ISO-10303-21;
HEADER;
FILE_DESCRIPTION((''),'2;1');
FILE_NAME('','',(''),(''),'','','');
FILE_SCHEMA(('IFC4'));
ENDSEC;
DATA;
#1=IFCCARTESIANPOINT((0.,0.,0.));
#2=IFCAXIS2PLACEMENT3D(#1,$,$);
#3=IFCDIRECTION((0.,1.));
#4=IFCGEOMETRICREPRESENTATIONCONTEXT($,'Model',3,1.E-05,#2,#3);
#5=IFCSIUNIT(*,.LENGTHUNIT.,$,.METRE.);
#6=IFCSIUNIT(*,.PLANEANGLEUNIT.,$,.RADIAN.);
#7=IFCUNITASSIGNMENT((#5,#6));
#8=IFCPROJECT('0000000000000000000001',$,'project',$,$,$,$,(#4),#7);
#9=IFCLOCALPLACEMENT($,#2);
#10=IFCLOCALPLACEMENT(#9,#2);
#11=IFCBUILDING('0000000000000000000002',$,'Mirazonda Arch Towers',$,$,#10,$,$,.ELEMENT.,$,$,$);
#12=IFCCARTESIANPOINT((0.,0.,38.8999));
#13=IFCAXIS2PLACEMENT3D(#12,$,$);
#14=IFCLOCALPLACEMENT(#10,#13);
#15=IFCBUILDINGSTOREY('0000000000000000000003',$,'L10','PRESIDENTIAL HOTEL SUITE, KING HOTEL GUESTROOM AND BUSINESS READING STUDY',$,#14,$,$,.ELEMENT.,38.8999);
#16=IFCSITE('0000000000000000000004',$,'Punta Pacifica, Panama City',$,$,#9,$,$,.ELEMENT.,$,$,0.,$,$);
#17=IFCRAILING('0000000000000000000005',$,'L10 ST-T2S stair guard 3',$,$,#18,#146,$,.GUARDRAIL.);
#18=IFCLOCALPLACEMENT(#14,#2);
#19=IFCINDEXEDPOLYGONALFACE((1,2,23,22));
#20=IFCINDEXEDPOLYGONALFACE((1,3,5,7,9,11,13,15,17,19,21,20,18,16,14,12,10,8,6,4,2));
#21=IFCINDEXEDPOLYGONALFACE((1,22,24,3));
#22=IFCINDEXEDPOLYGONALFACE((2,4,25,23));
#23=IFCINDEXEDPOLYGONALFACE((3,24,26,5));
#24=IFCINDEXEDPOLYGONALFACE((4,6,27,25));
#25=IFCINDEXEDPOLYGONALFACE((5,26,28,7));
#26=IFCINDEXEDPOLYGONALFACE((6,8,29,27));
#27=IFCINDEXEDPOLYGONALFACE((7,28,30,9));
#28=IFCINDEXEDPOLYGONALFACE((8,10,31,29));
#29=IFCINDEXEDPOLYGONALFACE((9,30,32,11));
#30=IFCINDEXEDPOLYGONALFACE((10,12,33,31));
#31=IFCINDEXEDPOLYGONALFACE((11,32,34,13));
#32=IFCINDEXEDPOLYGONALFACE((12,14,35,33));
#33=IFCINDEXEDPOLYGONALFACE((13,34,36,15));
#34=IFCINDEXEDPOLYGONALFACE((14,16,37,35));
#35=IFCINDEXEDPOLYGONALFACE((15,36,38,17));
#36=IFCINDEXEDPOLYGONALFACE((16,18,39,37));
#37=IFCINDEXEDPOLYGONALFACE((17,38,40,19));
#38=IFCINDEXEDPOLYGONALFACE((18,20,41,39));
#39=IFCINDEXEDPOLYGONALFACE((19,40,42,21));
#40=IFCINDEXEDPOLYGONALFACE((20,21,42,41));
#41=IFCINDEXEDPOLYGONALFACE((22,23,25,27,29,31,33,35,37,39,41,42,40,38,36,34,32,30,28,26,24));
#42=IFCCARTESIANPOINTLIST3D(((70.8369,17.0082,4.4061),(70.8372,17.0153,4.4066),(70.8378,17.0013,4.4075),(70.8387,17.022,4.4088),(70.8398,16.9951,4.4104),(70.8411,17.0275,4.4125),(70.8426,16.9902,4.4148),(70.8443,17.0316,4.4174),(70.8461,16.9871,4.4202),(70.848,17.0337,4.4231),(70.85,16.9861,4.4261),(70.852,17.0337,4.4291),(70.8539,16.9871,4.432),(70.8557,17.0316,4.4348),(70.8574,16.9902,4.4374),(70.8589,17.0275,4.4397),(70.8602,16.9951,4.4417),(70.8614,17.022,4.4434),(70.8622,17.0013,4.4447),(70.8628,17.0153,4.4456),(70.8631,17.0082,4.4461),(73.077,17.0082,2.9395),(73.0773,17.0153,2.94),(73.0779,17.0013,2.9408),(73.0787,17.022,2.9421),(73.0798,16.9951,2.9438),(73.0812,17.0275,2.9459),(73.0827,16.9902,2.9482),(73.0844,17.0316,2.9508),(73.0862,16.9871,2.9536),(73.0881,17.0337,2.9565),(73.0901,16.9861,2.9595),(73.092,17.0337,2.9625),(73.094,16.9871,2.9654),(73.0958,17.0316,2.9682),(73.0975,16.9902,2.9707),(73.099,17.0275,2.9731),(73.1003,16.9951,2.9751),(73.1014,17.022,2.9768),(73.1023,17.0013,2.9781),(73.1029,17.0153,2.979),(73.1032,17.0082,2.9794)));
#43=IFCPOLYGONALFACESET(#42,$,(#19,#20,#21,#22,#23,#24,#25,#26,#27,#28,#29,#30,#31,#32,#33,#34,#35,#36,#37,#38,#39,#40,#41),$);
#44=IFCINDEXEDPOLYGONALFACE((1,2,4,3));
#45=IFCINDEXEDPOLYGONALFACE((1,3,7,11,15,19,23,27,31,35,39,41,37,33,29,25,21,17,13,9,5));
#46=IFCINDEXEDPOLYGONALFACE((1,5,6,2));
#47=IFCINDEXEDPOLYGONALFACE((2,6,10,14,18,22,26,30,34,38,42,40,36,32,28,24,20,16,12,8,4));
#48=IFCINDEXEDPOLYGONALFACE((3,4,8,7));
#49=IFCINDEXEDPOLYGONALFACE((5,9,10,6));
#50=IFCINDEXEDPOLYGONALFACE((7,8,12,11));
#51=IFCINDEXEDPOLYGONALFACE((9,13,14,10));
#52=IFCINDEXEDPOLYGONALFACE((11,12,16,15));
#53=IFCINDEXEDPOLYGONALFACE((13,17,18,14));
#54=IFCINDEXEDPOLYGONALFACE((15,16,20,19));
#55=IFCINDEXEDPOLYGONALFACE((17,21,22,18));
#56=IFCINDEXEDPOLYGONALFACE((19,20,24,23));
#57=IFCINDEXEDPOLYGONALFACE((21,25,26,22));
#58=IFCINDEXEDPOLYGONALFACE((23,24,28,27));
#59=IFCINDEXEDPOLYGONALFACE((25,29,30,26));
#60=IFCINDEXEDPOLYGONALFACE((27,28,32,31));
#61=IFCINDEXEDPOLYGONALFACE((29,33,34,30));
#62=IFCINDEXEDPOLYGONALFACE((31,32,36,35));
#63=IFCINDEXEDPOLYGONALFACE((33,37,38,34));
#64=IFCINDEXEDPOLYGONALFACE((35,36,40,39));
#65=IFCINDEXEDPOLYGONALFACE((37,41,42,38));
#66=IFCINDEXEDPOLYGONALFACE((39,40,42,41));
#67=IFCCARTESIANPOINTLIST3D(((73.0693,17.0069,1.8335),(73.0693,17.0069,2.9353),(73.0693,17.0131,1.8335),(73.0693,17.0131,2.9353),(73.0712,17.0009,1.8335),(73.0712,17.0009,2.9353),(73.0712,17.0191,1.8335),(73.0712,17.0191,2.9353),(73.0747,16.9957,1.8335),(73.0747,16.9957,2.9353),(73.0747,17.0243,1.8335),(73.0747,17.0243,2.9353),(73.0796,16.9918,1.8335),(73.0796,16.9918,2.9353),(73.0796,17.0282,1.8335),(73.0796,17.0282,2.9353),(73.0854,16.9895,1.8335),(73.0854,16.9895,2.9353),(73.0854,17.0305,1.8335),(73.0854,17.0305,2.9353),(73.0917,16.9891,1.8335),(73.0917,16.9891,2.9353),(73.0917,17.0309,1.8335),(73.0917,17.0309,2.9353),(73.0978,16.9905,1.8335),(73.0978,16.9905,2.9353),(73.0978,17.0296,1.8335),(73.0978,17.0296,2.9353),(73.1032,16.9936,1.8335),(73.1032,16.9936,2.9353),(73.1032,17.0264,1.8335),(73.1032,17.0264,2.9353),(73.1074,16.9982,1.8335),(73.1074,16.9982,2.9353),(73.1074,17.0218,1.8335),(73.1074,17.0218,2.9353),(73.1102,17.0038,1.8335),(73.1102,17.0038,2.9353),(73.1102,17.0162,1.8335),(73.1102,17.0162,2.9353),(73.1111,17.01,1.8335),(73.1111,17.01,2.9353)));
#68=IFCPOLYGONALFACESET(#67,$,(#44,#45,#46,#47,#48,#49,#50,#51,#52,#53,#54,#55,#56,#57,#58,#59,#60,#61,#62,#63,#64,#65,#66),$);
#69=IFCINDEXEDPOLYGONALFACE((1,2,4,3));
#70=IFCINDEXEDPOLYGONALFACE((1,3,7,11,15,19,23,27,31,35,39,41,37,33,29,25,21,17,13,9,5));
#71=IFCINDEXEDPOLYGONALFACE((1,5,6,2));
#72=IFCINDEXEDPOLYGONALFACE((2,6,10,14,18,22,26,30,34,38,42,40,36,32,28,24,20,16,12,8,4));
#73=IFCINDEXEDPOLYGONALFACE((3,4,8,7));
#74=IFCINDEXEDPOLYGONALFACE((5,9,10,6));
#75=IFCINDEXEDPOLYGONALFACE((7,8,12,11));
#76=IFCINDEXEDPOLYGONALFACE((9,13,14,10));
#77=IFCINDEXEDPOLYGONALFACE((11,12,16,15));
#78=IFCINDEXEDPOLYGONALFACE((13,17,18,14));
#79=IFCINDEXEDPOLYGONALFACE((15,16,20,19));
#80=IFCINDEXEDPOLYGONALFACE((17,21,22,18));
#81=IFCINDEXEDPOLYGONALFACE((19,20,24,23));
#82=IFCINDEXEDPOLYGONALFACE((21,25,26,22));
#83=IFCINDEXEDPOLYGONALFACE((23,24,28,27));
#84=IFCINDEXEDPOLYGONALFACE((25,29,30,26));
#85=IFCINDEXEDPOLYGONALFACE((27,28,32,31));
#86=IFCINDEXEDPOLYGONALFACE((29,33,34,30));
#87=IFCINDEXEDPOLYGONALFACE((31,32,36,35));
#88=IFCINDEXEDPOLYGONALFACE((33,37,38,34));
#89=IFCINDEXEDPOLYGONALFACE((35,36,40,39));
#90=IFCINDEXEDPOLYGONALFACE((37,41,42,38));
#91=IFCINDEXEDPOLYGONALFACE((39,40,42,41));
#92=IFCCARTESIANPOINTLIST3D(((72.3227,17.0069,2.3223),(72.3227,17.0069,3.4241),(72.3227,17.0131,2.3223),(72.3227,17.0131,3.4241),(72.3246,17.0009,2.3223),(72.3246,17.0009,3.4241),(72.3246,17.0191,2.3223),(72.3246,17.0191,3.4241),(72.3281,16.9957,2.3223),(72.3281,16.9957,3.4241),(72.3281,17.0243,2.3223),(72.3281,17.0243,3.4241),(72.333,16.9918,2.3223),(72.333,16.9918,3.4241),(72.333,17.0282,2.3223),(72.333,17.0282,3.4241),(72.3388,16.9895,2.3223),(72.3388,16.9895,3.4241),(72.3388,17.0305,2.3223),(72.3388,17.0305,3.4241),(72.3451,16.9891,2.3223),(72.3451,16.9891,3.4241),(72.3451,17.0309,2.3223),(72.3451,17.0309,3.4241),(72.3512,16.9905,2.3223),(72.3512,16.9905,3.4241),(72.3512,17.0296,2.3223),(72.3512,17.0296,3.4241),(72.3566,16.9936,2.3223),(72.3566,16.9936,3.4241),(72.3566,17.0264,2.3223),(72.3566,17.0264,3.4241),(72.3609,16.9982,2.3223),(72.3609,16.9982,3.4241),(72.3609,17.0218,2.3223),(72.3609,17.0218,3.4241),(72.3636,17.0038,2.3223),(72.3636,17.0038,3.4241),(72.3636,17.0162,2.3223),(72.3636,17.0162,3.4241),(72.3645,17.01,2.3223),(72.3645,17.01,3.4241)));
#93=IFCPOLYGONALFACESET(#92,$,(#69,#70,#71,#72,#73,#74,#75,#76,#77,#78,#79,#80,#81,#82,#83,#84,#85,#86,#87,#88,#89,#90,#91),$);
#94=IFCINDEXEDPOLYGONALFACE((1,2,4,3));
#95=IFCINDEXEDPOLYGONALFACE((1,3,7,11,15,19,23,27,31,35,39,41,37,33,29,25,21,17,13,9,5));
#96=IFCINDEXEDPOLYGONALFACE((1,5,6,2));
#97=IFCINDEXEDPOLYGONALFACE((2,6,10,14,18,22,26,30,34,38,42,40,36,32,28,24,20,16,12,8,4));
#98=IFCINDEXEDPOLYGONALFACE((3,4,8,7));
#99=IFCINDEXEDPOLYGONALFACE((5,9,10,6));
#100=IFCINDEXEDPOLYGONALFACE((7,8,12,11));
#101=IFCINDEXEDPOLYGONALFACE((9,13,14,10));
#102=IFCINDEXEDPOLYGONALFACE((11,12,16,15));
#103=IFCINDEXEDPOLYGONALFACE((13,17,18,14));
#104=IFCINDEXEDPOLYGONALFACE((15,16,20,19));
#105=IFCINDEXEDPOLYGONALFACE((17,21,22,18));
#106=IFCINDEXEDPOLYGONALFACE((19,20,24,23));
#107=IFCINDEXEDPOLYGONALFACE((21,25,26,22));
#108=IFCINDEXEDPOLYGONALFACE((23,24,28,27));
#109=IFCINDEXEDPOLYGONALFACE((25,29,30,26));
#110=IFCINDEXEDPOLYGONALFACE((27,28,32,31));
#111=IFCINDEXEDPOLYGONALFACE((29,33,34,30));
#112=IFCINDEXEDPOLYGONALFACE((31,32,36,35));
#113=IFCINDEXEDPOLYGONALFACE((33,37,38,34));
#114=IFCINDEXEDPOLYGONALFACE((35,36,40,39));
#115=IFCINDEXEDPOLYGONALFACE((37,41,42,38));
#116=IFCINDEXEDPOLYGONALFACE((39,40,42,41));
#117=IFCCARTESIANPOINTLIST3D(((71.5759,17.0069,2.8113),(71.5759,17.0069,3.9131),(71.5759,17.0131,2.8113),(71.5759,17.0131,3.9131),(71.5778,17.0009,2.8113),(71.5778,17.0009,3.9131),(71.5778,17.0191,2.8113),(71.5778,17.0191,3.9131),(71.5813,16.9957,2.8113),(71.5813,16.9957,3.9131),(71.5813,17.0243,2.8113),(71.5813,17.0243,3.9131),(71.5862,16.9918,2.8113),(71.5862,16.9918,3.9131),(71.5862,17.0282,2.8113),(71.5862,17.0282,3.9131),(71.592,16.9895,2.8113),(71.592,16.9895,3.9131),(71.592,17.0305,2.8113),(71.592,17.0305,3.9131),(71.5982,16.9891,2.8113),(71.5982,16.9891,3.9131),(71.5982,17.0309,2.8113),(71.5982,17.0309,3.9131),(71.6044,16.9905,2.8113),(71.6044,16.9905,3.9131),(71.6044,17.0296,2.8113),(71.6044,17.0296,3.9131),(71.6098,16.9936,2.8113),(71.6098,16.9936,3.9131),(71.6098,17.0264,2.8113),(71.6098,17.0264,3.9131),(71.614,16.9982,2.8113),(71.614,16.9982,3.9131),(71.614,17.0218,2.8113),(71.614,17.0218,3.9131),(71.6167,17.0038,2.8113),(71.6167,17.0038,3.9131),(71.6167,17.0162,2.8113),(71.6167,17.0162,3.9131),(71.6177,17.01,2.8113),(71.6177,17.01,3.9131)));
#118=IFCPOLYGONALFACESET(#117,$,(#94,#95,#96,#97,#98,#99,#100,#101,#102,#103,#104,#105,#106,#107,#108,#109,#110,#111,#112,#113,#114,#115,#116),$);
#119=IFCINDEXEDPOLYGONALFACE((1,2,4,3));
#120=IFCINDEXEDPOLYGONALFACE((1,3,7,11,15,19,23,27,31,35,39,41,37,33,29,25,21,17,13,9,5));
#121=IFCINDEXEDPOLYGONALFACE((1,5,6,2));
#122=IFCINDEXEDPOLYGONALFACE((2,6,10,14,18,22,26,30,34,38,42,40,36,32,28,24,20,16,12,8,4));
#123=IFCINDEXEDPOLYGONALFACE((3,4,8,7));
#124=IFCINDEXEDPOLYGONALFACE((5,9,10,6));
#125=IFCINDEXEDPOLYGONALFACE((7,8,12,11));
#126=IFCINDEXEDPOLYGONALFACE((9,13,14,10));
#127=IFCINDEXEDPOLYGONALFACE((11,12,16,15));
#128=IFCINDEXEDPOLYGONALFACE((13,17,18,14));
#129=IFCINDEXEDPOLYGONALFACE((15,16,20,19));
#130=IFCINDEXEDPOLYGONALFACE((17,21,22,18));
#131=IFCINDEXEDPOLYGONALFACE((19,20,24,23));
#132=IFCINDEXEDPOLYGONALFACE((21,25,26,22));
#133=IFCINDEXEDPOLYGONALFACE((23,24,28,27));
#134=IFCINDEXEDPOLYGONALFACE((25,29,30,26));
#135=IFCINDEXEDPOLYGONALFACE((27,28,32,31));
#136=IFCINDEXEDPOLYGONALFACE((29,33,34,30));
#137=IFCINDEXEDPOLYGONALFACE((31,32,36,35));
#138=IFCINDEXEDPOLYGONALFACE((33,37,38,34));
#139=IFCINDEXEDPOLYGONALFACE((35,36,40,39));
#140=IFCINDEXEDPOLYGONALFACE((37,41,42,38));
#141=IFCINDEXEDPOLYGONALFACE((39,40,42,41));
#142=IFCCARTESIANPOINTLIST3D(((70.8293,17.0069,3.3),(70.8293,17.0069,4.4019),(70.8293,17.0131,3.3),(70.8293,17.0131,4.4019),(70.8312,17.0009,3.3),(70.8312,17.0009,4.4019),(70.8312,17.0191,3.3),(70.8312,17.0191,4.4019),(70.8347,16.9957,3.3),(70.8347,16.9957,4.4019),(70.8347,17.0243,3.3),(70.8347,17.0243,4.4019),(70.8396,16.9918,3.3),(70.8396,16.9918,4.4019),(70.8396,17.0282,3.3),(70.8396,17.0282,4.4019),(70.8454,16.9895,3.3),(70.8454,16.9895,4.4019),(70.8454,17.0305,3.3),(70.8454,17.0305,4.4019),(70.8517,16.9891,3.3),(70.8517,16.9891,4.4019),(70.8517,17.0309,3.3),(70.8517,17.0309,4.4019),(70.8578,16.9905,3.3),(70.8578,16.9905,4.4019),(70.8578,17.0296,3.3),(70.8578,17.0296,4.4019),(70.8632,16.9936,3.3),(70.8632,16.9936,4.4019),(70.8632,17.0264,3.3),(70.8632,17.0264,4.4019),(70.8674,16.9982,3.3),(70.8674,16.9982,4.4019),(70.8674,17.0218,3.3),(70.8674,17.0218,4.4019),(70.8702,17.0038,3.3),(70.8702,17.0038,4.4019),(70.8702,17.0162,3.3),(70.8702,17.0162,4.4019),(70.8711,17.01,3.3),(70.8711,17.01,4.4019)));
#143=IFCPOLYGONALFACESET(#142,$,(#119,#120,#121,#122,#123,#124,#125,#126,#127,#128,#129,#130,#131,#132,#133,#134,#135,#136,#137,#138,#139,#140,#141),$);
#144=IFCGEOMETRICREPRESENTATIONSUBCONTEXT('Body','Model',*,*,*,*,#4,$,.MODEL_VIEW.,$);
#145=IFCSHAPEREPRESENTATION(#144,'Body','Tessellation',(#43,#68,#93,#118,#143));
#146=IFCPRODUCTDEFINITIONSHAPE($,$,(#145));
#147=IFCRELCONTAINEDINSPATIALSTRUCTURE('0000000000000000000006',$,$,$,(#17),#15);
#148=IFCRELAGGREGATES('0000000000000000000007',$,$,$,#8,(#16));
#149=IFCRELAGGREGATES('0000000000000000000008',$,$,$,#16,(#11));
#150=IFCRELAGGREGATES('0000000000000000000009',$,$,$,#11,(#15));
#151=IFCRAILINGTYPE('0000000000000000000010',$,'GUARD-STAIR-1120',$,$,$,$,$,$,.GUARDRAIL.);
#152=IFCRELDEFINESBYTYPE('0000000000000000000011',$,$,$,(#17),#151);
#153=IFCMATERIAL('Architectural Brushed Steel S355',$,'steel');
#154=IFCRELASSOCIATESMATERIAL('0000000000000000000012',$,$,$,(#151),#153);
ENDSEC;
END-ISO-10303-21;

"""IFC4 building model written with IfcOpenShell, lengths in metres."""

from ifc_helpers import new_model, si_unit, direction, frame, origin, origin_2d, place, context, subcontext, project, spatial, circle, extrude, material, type_object, element, save


model = new_model("IFC4")

# Units and contexts
model_context = context("Model", 3, precision=1e-05, world=origin(), true_north=direction((0.0, 1.0)))
body_context = subcontext(model_context, "Body", "Model", "MODEL_VIEW")
ifc_project = project(units=[si_unit("LENGTHUNIT", "METRE"), si_unit("PLANEANGLEUNIT", "RADIAN")], contexts=[model_context])

# Site, building, storey
site_placement = place(None, origin())
site = spatial("IfcSite", under=ifc_project, at=site_placement, Name="Punta Pacifica, Panama City", CompositionType="ELEMENT", RefElevation=0.0)
building_placement = place(site_placement, origin())
building = spatial("IfcBuilding", under=site, at=building_placement, Name="Mirazonda Arch Towers", CompositionType="ELEMENT")
storey_placement = place(building_placement, frame((0.0, 0.0, 38.8999)))
storey = spatial("IfcBuildingStorey", under=building, at=storey_placement, Name="L10", Description="PRESIDENTIAL HOTEL SUITE, KING HOTEL GUESTROOM AND BUSINESS READING STUDY", CompositionType="ELEMENT", Elevation=38.8999)

# Railing
ifc_material_1 = material(Name="Architectural Brushed Steel S355", Category="steel")
railing_type_1 = type_object("IfcRailingType", Name="GUARD-STAIR-1120", PredefinedType="GUARDRAIL", material=ifc_material_1)
railing_1_placement = place(storey_placement, frame((73.0901, 17.01, 1.8335)))
element("IfcRailing", 1, at=railing_1_placement, inside=storey, type_object=railing_type_1, Name="L10 ST-T2S stair guard 3", PredefinedType="GUARDRAIL", context=body_context, shape_type="SweptSolid", body=[
    extrude(circle(Radius=0.0239, at=origin_2d()), frame((0.0, 0.0, 1.126), z_axis=(-0.836637, 0.0, 0.547758), x_axis=(0.0, -1.0, 0.0)), (0.0, 0.0, 1.0), 2.6775),
    extrude(circle(Radius=0.021, at=origin_2d()), origin(), (0.0, 0.0, 1.0), 1.1018),
    extrude(circle(Radius=0.021, at=origin_2d()), frame((-0.7466, 0.0, 0.4888)), (0.0, 0.0, 1.0), 1.1018),
    extrude(circle(Radius=0.021, at=origin_2d()), frame((-1.4934, 0.0, 0.9778)), (0.0, 0.0, 1.0), 1.1018),
    extrude(circle(Radius=0.021, at=origin_2d()), frame((-2.24, 0.0, 1.4666)), (0.0, 0.0, 1.0), 1.1018),
])

save(model, "model.ifc")
